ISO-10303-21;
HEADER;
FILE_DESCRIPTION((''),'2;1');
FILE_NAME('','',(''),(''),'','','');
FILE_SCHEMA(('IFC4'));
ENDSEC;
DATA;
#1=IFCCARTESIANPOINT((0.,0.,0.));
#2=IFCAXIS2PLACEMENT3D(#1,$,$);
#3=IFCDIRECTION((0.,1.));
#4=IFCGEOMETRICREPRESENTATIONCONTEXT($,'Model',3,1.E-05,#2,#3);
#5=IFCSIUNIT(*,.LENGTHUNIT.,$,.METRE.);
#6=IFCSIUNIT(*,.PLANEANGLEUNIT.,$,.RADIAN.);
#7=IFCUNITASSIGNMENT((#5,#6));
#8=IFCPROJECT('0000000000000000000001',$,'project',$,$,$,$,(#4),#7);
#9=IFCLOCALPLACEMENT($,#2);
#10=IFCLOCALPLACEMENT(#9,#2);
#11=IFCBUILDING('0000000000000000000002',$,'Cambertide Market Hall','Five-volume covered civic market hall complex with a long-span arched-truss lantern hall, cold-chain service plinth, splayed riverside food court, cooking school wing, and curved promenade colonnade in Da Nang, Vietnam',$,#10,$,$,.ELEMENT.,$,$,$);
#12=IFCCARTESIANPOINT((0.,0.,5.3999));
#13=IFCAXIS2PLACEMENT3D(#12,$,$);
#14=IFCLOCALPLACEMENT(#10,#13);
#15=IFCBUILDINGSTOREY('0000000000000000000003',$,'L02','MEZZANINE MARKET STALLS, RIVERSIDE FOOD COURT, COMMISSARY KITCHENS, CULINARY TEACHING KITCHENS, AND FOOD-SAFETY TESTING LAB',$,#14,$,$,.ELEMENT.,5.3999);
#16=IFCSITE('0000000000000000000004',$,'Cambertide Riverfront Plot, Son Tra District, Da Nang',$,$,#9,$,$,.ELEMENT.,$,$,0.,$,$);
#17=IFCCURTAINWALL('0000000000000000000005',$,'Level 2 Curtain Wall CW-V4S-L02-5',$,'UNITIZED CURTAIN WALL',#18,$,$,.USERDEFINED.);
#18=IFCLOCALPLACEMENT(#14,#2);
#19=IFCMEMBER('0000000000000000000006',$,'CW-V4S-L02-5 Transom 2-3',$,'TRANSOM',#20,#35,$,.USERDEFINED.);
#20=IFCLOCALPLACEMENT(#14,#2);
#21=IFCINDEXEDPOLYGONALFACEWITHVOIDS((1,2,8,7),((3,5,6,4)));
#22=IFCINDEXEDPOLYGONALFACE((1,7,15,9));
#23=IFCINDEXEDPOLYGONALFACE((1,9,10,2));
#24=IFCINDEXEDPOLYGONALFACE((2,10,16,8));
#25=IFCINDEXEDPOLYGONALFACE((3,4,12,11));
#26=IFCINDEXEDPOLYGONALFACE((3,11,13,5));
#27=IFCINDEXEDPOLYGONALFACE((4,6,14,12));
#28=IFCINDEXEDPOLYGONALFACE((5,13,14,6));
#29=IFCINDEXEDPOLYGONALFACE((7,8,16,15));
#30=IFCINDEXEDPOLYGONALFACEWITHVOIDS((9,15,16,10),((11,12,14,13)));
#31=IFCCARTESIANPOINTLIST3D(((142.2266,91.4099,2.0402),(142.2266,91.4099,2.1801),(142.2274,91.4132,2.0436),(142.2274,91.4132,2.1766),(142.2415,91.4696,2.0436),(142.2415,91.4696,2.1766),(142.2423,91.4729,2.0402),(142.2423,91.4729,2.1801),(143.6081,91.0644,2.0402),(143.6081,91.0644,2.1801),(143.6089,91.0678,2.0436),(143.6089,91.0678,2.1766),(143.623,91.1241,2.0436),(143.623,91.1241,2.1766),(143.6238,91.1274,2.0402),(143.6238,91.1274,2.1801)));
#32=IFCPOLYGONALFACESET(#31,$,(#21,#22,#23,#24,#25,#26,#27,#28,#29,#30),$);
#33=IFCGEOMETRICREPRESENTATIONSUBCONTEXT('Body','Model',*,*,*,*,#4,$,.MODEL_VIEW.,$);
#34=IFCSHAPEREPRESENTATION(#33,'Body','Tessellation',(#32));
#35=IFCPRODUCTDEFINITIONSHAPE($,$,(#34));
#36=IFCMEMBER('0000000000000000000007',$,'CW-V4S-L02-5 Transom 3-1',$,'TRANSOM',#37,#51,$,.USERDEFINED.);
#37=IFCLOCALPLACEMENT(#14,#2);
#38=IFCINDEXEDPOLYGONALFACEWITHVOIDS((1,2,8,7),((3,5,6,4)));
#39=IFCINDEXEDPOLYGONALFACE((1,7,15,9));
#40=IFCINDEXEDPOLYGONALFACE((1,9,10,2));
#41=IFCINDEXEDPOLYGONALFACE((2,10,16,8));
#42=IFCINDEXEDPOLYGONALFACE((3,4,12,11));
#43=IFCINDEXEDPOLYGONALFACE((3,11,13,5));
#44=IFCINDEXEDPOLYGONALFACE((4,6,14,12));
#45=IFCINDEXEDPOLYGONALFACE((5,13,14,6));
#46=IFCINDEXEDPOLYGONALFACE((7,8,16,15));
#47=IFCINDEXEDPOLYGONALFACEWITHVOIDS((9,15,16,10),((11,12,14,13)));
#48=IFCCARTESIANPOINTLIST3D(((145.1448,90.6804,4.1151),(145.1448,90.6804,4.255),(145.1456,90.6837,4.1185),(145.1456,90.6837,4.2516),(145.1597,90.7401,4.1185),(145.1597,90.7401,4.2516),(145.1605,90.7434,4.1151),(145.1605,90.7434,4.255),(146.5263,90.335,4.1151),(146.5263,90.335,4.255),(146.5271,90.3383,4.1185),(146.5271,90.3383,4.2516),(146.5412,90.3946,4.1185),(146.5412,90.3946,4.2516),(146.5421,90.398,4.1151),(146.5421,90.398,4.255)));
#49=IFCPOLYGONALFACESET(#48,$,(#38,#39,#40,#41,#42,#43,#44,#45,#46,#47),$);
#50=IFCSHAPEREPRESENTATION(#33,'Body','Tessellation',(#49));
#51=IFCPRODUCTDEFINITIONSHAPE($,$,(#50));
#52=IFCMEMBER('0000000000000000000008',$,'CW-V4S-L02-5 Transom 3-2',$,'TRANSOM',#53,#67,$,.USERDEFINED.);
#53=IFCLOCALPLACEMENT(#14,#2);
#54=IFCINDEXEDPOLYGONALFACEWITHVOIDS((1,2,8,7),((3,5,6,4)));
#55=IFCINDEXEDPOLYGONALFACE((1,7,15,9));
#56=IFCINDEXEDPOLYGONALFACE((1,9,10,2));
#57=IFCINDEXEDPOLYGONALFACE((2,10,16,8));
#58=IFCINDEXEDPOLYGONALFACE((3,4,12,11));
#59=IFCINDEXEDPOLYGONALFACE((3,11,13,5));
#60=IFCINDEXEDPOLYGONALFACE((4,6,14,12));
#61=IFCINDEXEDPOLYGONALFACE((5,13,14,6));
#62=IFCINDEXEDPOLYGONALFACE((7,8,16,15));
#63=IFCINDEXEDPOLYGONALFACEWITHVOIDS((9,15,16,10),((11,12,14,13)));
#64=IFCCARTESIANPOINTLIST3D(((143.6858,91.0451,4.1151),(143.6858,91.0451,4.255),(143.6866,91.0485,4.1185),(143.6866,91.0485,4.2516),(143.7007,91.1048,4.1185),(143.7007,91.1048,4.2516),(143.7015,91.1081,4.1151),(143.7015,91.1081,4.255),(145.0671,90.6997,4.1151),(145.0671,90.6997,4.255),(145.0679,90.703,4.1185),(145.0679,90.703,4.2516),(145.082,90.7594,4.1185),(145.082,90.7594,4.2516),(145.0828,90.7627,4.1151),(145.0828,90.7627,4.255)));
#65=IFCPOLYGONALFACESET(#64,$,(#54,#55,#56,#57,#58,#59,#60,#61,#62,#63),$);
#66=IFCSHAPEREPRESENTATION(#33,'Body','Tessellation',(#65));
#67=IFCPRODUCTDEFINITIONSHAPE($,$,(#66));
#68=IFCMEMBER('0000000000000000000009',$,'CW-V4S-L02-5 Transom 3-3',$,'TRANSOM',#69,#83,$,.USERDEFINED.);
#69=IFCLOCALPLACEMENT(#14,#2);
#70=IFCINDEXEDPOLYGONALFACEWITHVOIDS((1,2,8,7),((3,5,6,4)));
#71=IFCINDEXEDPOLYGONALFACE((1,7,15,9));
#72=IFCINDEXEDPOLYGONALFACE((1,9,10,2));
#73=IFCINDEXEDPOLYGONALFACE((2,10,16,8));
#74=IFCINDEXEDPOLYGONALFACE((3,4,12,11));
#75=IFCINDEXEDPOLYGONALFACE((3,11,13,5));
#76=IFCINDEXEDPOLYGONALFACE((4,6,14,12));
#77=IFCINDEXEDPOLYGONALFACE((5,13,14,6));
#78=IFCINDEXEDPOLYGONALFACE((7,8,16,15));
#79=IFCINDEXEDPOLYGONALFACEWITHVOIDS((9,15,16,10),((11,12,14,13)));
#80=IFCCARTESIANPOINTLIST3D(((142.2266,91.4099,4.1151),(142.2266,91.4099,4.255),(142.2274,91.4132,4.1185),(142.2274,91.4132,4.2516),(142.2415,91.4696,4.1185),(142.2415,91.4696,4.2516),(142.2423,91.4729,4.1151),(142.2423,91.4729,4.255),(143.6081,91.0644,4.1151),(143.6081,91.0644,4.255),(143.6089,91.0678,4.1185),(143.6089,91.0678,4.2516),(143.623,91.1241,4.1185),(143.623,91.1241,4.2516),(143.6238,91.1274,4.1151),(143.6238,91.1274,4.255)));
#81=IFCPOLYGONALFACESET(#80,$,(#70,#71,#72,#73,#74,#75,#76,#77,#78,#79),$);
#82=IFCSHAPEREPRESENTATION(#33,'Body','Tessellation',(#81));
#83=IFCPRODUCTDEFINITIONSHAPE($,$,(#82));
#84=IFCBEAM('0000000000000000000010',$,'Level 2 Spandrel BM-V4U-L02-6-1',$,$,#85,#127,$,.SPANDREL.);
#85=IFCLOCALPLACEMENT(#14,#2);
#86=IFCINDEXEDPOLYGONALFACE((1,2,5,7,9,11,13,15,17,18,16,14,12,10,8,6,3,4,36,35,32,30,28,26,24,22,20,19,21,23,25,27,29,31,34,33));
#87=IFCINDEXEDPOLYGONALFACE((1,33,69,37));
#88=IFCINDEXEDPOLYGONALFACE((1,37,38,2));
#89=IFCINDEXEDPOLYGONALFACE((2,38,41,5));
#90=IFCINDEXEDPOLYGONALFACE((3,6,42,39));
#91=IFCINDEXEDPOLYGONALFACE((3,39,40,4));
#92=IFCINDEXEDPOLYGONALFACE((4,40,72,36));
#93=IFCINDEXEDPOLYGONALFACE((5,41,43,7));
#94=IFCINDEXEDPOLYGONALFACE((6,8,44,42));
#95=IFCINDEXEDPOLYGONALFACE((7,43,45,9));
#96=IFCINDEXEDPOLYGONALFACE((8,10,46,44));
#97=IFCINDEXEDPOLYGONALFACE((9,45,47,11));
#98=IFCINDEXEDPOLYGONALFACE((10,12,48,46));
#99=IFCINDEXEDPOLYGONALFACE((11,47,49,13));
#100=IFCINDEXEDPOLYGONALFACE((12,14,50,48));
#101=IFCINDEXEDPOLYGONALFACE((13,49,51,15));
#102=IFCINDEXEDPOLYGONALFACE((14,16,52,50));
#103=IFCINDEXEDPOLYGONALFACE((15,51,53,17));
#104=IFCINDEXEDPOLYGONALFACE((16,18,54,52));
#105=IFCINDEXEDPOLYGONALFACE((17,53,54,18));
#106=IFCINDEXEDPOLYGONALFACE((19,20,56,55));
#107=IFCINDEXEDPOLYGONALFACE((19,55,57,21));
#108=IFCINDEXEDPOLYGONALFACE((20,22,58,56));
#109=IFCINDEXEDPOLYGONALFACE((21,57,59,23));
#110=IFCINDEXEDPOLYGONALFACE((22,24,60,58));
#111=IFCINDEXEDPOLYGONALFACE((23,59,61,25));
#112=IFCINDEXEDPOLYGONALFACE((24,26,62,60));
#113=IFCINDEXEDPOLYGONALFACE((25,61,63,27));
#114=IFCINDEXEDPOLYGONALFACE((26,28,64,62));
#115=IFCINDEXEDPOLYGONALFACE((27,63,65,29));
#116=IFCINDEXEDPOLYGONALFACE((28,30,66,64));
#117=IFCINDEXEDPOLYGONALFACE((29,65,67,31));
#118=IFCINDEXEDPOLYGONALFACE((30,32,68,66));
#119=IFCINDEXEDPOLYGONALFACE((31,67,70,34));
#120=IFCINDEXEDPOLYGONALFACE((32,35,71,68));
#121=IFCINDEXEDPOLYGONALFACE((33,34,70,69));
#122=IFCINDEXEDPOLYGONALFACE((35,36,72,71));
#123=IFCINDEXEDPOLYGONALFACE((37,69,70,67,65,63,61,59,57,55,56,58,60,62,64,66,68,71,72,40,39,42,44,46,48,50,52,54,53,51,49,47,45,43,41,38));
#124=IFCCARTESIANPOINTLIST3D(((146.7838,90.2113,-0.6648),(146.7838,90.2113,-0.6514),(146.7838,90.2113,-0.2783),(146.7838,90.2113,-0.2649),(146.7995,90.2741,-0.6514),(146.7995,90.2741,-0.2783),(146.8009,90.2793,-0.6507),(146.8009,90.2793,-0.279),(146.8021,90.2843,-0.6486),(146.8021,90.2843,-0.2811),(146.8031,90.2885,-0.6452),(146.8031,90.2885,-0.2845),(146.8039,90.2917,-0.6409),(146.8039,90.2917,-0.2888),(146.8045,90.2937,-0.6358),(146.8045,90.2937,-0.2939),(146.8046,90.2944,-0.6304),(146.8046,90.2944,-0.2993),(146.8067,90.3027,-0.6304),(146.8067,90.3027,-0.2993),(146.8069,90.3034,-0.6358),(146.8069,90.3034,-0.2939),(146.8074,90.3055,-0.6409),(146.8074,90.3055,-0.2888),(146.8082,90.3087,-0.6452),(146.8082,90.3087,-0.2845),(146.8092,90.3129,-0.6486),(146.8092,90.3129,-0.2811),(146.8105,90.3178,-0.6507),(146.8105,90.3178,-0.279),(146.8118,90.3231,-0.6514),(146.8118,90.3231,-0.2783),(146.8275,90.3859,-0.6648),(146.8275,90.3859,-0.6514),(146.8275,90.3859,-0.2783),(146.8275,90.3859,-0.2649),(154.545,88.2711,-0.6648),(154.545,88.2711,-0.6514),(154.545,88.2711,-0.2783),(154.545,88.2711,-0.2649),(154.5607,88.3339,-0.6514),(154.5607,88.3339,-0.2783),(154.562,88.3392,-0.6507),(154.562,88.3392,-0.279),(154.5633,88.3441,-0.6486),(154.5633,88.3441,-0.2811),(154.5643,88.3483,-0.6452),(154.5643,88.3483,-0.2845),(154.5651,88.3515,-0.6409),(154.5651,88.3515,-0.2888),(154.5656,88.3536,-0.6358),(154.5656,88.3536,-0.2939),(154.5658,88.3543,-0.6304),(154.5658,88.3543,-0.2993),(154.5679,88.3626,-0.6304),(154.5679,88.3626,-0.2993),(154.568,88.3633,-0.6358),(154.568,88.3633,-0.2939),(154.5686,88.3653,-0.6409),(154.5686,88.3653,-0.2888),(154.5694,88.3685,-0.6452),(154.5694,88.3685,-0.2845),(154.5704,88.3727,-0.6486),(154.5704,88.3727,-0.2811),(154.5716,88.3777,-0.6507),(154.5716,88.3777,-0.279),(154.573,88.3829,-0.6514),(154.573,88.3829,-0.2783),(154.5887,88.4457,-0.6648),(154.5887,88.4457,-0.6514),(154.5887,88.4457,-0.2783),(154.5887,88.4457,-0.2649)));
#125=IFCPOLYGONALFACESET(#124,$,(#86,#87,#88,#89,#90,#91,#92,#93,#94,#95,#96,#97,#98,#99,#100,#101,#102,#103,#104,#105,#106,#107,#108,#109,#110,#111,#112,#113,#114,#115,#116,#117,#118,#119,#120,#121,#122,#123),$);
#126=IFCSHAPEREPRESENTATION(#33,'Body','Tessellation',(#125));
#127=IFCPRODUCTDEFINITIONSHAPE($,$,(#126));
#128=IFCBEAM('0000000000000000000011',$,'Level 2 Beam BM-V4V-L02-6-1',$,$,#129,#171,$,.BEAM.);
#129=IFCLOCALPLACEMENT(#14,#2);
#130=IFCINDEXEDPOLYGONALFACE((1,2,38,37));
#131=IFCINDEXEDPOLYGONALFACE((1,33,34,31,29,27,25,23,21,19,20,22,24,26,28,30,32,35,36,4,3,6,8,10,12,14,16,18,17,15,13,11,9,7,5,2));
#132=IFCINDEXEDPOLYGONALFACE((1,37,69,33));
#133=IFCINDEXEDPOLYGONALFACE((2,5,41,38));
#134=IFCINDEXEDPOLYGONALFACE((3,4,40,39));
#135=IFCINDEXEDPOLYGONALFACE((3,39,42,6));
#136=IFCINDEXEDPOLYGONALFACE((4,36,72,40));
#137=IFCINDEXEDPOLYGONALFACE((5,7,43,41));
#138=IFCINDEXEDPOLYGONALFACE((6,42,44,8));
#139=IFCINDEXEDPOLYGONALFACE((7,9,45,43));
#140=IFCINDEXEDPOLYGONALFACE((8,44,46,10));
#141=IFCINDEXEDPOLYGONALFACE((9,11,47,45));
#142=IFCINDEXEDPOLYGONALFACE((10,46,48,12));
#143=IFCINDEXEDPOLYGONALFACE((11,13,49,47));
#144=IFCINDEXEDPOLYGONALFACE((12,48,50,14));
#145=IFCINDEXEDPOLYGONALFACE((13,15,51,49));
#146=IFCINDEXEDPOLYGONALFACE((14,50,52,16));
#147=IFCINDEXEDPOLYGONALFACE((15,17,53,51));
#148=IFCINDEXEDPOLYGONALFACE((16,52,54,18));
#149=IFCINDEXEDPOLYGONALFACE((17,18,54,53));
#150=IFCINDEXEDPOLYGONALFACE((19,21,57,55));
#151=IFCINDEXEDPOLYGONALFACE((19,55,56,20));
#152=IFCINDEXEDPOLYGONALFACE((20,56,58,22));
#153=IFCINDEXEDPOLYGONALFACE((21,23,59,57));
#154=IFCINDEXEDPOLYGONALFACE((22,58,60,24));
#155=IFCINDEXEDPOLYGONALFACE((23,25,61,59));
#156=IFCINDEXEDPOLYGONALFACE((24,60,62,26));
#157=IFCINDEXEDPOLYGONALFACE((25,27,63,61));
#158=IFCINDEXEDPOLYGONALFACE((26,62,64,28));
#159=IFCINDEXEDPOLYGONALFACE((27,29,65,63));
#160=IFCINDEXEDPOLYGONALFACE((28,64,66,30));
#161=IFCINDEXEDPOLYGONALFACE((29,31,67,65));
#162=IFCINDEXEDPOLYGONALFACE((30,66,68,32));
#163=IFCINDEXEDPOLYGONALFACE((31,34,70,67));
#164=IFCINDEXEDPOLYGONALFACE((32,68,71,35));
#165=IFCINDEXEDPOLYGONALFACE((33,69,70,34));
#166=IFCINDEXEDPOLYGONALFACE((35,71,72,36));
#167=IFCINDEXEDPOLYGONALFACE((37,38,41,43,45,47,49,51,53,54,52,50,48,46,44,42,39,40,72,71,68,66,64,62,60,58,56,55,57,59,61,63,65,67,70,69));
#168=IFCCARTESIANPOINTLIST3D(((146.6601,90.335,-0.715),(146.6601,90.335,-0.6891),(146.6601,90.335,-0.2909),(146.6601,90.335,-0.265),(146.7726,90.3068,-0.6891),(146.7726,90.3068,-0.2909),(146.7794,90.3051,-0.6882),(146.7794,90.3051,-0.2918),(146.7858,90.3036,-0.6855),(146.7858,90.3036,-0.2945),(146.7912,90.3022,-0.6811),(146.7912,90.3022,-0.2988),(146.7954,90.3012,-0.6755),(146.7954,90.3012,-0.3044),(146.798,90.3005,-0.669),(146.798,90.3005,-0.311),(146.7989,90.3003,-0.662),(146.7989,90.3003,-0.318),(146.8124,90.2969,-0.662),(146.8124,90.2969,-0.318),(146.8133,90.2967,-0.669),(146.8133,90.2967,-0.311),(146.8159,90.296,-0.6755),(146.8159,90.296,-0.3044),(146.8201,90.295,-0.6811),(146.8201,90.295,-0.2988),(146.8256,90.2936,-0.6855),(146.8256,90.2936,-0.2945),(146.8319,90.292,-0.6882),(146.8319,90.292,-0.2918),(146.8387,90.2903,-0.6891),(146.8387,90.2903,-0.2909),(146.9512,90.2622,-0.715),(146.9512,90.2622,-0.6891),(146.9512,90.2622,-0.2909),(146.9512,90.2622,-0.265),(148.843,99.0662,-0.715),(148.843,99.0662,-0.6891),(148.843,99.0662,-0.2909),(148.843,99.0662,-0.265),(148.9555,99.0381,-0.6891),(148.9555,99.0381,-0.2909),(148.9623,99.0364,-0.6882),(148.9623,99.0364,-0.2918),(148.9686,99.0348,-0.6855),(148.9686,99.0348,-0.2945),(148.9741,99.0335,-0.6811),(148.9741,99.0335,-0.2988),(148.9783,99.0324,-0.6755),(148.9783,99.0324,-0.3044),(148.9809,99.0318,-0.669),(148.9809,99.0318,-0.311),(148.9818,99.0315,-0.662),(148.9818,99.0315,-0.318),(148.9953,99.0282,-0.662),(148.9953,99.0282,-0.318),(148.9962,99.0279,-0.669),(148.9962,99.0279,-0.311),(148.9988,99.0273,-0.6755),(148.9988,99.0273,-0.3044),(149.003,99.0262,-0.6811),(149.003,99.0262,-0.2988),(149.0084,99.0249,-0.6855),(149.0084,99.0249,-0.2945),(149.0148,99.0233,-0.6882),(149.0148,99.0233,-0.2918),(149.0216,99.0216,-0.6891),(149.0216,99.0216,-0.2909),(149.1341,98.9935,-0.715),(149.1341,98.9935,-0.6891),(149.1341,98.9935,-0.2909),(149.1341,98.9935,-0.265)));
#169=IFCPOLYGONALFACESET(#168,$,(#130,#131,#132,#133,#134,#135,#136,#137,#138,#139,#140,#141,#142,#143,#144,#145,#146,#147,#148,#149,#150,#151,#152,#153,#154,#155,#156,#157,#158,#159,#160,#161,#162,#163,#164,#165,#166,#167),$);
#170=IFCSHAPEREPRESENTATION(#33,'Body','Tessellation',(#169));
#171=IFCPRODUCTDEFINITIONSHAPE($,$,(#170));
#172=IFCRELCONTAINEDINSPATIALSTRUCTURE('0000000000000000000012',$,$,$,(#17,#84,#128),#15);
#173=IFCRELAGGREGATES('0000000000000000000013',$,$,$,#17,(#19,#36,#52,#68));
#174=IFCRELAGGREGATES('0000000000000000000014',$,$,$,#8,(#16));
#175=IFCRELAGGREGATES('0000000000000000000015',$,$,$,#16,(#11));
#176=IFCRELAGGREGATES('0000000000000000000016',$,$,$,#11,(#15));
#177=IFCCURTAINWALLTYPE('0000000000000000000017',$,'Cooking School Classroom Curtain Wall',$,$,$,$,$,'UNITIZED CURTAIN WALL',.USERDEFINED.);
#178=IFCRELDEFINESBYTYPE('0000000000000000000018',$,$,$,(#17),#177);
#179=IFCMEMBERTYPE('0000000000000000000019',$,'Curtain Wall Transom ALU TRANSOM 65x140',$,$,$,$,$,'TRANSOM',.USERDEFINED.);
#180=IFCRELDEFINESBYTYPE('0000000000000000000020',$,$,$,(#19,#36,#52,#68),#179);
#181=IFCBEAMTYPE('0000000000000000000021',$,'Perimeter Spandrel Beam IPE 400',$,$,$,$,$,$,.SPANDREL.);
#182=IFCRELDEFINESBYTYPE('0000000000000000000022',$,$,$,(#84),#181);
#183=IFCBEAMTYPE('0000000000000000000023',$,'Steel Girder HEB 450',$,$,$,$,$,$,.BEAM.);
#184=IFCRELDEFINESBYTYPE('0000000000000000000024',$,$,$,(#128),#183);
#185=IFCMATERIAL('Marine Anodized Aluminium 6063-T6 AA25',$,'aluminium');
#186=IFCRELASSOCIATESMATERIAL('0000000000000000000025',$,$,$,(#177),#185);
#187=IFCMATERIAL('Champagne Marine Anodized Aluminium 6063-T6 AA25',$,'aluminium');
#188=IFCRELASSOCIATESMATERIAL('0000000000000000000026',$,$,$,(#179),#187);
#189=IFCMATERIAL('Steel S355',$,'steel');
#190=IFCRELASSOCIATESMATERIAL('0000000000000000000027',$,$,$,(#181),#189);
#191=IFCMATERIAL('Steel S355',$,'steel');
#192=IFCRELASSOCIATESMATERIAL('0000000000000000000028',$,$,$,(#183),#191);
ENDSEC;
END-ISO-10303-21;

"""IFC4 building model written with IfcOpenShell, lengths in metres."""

from ifc_helpers import new_model, si_unit, direction, frame, origin, origin_2d, place, context, subcontext, project, spatial, hollow_rectangle, i_section, extrude, material, material_profile, profile_set, type_object, element, aggregate, save


model = new_model("IFC4")

# Units and contexts
model_context = context("Model", 3, precision=1e-05, world=origin(), true_north=direction((0.0, 1.0)))
body_context = subcontext(model_context, "Body", "Model", "MODEL_VIEW")
ifc_project = project(units=[si_unit("LENGTHUNIT", "METRE"), si_unit("PLANEANGLEUNIT", "RADIAN")], contexts=[model_context])

# Site, building, storey
site_placement = place(None, origin())
site = spatial("IfcSite", under=ifc_project, at=site_placement, Name="Cambertide Riverfront Plot, Son Tra District, Da Nang", CompositionType="ELEMENT", RefElevation=0.0)
building_placement = place(site_placement, origin())
building = spatial("IfcBuilding", under=site, at=building_placement, Name="Cambertide Market Hall", Description="Five-volume covered civic market hall complex with a long-span arched-truss lantern hall, cold-chain service plinth, splayed riverside food court, cooking school wing, and curved promenade colonnade in Da Nang, Vietnam", CompositionType="ELEMENT")
storey_placement = place(building_placement, frame((0.0, 0.0, 5.3999)))
storey = spatial("IfcBuildingStorey", under=building, at=storey_placement, Name="L02", Description="MEZZANINE MARKET STALLS, RIVERSIDE FOOD COURT, COMMISSARY KITCHENS, CULINARY TEACHING KITCHENS, AND FOOD-SAFETY TESTING LAB", CompositionType="ELEMENT", Elevation=5.3999)

# Curtain wall, members
ifc_material_1 = material(Name="Marine Anodized Aluminium 6063-T6 AA25", Category="aluminium")
curtain_wall_type = type_object("IfcCurtainWallType", Name="Cooking School Classroom Curtain Wall", ElementType="UNITIZED CURTAIN WALL", PredefinedType="USERDEFINED", material=ifc_material_1)
curtain_wall_placement = place(storey_placement, origin())
curtain_wall = element("IfcCurtainWall", 1, at=curtain_wall_placement, inside=storey, type_object=curtain_wall_type, Name="Level 2 Curtain Wall CW-V4S-L02-5", ObjectType="UNITIZED CURTAIN WALL", PredefinedType="USERDEFINED")
ifc_material_2 = material(Name="Champagne Marine Anodized Aluminium 6063-T6 AA25", Category="aluminium")
ifc_material_profile_1 = material_profile(ifc_material_2, hollow_rectangle(XDim=0.0649, YDim=0.1399, WallThickness=0.0034, at=origin_2d()), Name="ALU TRANSOM 65x140")
ifc_profile_set_1 = profile_set([ifc_material_profile_1], Name="Champagne Marine Anodized Aluminium 6063-T6 AA25")
member_type_1 = type_object("IfcMemberType", Name="Curtain Wall Transom ALU TRANSOM 65x140", ElementType="TRANSOM", PredefinedType="USERDEFINED", material=ifc_profile_set_1)
member_1_placement = place(storey_placement, frame((143.616, 91.0959, 2.1101), z_axis=(-0.970132, 0.242576, 0.0), x_axis=(-0.242576, -0.970132, 0.0)))
member_1 = element("IfcMember", 2, at=member_1_placement, type_object=member_type_1, Name="CW-V4S-L02-5 Transom 2-3", ObjectType="TRANSOM", PredefinedType="USERDEFINED", context=body_context, shape_type="SweptSolid", body=[
    extrude(hollow_rectangle(XDim=0.0649, YDim=0.1399, WallThickness=0.0034, at=origin_2d()), origin(), (0.0, 0.0, 1.0), 1.4241),
])
member_2_placement = place(storey_placement, frame((146.5342, 90.3665, 4.1851), z_axis=(-0.970132, 0.242576, 0.0), x_axis=(-0.242576, -0.970132, 0.0)))
member_2 = element("IfcMember", 3, at=member_2_placement, type_object=member_type_1, Name="CW-V4S-L02-5 Transom 3-1", ObjectType="TRANSOM", PredefinedType="USERDEFINED", context=body_context, shape_type="SweptSolid", body=[
    extrude(hollow_rectangle(XDim=0.0649, YDim=0.1399, WallThickness=0.0034, at=origin_2d()), origin(), (0.0, 0.0, 1.0), 1.4241),
])
member_3_placement = place(storey_placement, frame((145.075, 90.7312, 4.1851), z_axis=(-0.970122, 0.242616, 0.0), x_axis=(-0.242616, -0.970122, 0.0)))
member_3 = element("IfcMember", 4, at=member_3_placement, type_object=member_type_1, Name="CW-V4S-L02-5 Transom 3-2", ObjectType="TRANSOM", PredefinedType="USERDEFINED", context=body_context, shape_type="SweptSolid", body=[
    extrude(hollow_rectangle(XDim=0.0649, YDim=0.1399, WallThickness=0.0034, at=origin_2d()), origin(), (0.0, 0.0, 1.0), 1.4238),
])
member_4_placement = place(storey_placement, frame((143.616, 91.0959, 4.1851), z_axis=(-0.970132, 0.242576, 0.0), x_axis=(-0.242576, -0.970132, 0.0)))
member_4 = element("IfcMember", 5, at=member_4_placement, type_object=member_type_1, Name="CW-V4S-L02-5 Transom 3-3", ObjectType="TRANSOM", PredefinedType="USERDEFINED", context=body_context, shape_type="SweptSolid", body=[
    extrude(hollow_rectangle(XDim=0.0649, YDim=0.1399, WallThickness=0.0034, at=origin_2d()), origin(), (0.0, 0.0, 1.0), 1.4241),
])

# Beams
ifc_material_3 = material(Name="Steel S355", Category="steel")
ifc_material_profile_2 = material_profile(ifc_material_3, i_section(OverallWidth=0.1799, OverallDepth=0.3999, WebThickness=0.0085, FlangeThickness=0.0134, FilletRadius=0.021, at=origin_2d()), Name="IPE 400")
ifc_profile_set_2 = profile_set([ifc_material_profile_2], Name="Steel S355")
beam_type_1 = type_object("IfcBeamType", Name="Perimeter Spandrel Beam IPE 400", PredefinedType="SPANDREL", material=ifc_profile_set_2)
beam_1_placement = place(storey_placement, frame((146.8057, 90.2986, -0.4648), z_axis=(0.970146, -0.242521, 0.0), x_axis=(0.242521, 0.970146, 0.0)))
element("IfcBeam", 6, at=beam_1_placement, inside=storey, type_object=beam_type_1, Name="Level 2 Spandrel BM-V4U-L02-6-1", PredefinedType="SPANDREL", context=body_context, shape_type="SweptSolid", body=[
    extrude(i_section(OverallWidth=0.1799, OverallDepth=0.3999, WebThickness=0.0085, FlangeThickness=0.0134, FilletRadius=0.021, at=origin_2d()), origin(), (0.0, 0.0, 1.0), 8.0),
])
ifc_material_4 = material(Name="Steel S355", Category="steel")
ifc_material_profile_3 = material_profile(ifc_material_4, i_section(OverallWidth=0.3, OverallDepth=0.45, WebThickness=0.0139, FlangeThickness=0.0259, FilletRadius=0.0271, at=origin_2d()), Name="HEB 450")
ifc_profile_set_3 = profile_set([ifc_material_profile_3], Name="Steel S355")
beam_type_2 = type_object("IfcBeamType", Name="Steel Girder HEB 450", PredefinedType="BEAM", material=ifc_profile_set_3)
beam_2_placement = place(storey_placement, frame((146.8057, 90.2986, -0.49), z_axis=(0.242542, 0.970141, 0.0), x_axis=(-0.970141, 0.242542, 0.0)))
element("IfcBeam", 7, at=beam_2_placement, inside=storey, type_object=beam_type_2, Name="Level 2 Beam BM-V4V-L02-6-1", PredefinedType="BEAM", context=body_context, shape_type="SweptSolid", body=[
    extrude(i_section(OverallWidth=0.3, OverallDepth=0.45, WebThickness=0.0139, FlangeThickness=0.0259, FilletRadius=0.0271, at=origin_2d()), origin(), (0.0, 0.0, 1.0), 9.0),
])

aggregate(curtain_wall, [member_1, member_2, member_3, member_4])

save(model, "model.ifc")
